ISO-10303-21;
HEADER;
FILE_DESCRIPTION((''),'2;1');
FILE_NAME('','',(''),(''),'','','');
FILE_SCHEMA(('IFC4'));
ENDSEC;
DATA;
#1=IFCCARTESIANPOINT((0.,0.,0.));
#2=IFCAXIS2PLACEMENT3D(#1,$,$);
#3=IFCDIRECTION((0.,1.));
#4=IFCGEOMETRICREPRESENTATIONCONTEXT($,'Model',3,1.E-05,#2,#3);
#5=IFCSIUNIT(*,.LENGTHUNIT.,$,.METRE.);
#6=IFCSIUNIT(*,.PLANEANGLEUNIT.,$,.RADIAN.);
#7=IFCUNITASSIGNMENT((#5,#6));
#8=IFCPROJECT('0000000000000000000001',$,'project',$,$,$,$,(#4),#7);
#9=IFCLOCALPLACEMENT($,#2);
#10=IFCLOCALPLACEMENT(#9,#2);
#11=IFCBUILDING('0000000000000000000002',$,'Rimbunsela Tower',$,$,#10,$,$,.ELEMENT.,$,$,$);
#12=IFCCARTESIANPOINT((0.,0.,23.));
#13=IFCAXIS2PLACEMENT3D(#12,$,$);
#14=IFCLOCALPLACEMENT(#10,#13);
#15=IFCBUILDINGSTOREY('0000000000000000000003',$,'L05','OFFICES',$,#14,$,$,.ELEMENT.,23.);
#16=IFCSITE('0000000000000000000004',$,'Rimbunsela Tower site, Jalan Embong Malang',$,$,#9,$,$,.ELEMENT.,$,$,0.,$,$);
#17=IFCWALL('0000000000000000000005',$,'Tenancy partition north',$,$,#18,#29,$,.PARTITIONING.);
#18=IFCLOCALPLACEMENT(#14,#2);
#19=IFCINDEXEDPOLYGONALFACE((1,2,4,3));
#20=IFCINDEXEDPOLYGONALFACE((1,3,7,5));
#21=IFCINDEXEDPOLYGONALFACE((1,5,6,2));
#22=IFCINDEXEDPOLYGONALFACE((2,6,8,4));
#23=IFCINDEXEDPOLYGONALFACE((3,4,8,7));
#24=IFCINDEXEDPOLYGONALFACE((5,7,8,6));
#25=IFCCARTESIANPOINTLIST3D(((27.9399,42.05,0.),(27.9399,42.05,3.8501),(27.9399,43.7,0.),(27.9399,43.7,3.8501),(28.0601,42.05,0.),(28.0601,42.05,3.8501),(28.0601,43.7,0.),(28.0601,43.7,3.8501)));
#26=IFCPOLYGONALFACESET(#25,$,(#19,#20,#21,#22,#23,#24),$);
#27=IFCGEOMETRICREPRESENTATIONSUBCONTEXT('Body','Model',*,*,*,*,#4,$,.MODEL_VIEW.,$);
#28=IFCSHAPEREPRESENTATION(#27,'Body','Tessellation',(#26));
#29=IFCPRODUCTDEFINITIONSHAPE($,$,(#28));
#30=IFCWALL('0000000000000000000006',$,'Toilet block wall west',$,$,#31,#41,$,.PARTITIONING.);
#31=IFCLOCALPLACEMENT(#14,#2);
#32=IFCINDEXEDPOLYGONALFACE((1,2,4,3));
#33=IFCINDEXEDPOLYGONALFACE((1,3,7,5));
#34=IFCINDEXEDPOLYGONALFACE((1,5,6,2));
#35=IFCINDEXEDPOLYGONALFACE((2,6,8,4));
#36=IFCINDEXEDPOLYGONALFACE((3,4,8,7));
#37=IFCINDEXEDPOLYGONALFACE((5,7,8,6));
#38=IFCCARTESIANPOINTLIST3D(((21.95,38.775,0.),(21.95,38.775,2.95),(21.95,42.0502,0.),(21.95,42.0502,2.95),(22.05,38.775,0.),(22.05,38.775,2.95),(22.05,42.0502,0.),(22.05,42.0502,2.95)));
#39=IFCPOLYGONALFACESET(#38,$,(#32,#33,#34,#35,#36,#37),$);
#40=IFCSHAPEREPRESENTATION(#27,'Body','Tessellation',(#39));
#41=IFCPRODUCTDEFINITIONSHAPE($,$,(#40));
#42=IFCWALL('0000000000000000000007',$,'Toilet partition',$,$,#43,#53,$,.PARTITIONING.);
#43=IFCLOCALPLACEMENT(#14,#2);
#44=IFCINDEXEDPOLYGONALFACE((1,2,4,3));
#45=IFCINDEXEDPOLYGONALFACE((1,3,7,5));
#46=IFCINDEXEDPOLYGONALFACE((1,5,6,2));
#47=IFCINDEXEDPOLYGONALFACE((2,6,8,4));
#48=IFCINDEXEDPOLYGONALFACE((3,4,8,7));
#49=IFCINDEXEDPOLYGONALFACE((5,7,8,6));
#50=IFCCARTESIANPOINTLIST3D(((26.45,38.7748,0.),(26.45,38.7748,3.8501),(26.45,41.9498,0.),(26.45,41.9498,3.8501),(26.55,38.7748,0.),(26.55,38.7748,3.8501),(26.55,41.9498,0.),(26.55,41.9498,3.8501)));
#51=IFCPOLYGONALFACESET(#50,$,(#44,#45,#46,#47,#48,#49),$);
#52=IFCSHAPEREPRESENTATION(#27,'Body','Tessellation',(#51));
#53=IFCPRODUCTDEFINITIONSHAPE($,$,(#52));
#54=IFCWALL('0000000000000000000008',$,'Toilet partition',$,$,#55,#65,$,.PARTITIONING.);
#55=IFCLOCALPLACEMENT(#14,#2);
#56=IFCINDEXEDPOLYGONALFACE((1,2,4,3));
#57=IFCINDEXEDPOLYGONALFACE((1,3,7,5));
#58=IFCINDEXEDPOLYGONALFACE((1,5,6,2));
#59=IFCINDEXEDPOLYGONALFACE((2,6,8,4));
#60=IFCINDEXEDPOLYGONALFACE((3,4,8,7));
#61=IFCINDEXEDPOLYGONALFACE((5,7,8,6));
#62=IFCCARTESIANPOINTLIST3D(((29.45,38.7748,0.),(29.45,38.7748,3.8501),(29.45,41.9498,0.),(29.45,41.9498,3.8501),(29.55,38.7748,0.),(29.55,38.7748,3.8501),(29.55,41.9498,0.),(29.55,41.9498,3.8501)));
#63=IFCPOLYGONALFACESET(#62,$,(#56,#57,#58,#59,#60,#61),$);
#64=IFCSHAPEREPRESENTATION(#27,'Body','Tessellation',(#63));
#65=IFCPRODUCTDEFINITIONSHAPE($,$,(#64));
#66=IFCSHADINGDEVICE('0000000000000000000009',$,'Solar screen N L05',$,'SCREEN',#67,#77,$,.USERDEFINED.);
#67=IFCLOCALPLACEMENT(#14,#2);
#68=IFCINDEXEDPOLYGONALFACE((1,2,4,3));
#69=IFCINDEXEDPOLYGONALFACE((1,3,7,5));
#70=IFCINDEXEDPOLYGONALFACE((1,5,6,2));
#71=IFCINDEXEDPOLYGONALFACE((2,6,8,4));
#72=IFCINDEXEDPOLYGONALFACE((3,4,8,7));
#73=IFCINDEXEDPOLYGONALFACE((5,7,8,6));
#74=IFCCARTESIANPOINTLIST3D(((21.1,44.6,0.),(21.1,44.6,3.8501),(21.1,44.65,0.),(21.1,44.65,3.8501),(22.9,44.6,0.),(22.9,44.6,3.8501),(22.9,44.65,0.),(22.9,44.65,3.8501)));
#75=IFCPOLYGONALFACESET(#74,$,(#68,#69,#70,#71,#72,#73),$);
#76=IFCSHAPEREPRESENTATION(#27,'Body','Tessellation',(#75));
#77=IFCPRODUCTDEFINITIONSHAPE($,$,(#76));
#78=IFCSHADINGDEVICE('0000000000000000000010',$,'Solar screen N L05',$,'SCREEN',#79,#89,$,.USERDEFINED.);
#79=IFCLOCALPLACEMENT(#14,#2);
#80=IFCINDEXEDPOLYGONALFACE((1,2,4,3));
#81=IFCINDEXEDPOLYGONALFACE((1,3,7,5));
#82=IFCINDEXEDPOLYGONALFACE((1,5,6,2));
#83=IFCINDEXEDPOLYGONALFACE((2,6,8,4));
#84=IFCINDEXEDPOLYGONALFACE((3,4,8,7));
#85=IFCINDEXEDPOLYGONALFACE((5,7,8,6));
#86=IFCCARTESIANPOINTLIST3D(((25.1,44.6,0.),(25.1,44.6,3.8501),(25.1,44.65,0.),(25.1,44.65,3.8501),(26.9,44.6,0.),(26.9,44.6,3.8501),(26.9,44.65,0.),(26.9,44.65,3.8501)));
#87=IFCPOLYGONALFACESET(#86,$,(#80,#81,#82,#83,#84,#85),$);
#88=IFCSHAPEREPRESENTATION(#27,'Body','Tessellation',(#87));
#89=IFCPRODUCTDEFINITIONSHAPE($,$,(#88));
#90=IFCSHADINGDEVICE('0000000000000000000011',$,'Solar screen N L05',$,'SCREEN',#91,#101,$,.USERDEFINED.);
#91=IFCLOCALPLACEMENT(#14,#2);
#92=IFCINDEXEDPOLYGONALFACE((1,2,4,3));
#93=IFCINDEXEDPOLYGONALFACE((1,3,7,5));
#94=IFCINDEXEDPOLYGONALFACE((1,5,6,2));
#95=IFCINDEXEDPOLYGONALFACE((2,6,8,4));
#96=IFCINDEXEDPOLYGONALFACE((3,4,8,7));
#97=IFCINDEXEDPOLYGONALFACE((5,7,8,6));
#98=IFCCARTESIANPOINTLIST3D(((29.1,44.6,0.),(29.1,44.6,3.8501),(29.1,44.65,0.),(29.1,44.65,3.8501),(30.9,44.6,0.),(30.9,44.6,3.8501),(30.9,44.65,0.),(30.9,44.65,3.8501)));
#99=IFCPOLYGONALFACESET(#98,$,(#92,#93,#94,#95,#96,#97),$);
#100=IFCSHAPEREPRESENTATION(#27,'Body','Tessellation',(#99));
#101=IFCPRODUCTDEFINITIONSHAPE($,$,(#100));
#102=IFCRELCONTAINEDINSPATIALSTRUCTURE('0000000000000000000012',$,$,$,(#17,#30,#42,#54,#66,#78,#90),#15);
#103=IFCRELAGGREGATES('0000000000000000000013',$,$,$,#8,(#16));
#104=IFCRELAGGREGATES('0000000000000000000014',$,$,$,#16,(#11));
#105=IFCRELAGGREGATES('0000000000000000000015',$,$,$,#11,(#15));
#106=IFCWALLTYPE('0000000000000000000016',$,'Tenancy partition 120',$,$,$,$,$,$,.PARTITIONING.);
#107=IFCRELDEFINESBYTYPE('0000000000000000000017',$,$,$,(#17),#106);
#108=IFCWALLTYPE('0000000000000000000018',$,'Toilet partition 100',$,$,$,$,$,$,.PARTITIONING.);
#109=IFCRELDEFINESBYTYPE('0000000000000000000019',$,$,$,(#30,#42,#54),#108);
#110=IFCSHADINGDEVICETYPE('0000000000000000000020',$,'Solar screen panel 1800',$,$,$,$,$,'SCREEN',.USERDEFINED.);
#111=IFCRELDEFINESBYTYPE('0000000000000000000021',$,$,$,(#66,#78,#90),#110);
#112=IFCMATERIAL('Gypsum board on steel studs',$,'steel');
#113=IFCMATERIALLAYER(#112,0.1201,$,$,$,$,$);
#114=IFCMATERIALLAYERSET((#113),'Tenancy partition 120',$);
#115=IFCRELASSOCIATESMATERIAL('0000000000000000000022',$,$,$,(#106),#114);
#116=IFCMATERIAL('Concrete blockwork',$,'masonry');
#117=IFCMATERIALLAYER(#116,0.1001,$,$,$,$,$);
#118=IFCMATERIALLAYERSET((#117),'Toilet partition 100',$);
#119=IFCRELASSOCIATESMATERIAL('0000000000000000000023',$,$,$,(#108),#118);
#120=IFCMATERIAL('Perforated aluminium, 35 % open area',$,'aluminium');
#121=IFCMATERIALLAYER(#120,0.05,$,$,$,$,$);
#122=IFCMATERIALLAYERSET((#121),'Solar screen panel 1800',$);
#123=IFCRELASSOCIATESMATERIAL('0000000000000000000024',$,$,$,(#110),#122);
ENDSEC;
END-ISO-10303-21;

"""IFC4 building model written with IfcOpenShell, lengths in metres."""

from ifc_helpers import new_model, si_unit, direction, frame, frame_2d, origin, origin_2d, place, context, subcontext, project, spatial, rectangle, extrude, material, layer, layer_set, type_object, element, save


model = new_model("IFC4")

# Units and contexts
model_context = context("Model", 3, precision=1e-05, world=origin(), true_north=direction((0.0, 1.0)))
body_context = subcontext(model_context, "Body", "Model", "MODEL_VIEW")
ifc_project = project(units=[si_unit("LENGTHUNIT", "METRE"), si_unit("PLANEANGLEUNIT", "RADIAN")], contexts=[model_context])

# Site, building, storey
site_placement = place(None, origin())
site = spatial("IfcSite", under=ifc_project, at=site_placement, Name="Rimbunsela Tower site, Jalan Embong Malang", CompositionType="ELEMENT", RefElevation=0.0)
building_placement = place(site_placement, origin())
building = spatial("IfcBuilding", under=site, at=building_placement, Name="Rimbunsela Tower", CompositionType="ELEMENT")
storey_placement = place(building_placement, frame((0.0, 0.0, 23.0)))
storey = spatial("IfcBuildingStorey", under=building, at=storey_placement, Name="L05", Description="OFFICES", CompositionType="ELEMENT", Elevation=23.0)

# Walls
ifc_material_1 = material(Name="Gypsum board on steel studs", Category="steel")
ifc_layer_1 = layer(ifc_material_1, 0.1201)
ifc_layer_set_1 = layer_set([ifc_layer_1], Name="Tenancy partition 120")
wall_type_1 = type_object("IfcWallType", Name="Tenancy partition 120", PredefinedType="PARTITIONING", material=ifc_layer_set_1)
wall_1_placement = place(storey_placement, frame((28.0, 42.05, 0.0), z_axis=(0.0, 0.0, 1.0), x_axis=(0.0, 1.0, 0.0)))
element("IfcWall", 1, at=wall_1_placement, inside=storey, type_object=wall_type_1, Name="Tenancy partition north", PredefinedType="PARTITIONING", context=body_context, shape_type="SweptSolid", body=[
    extrude(rectangle(XDim=1.6499, YDim=0.1201, at=frame_2d((0.825, 0.0))), origin(), (0.0, 0.0, 1.0), 3.8501),
])
ifc_material_2 = material(Name="Concrete blockwork", Category="masonry")
ifc_layer_2 = layer(ifc_material_2, 0.1001)
ifc_layer_set_2 = layer_set([ifc_layer_2], Name="Toilet partition 100")
wall_type_2 = type_object("IfcWallType", Name="Toilet partition 100", PredefinedType="PARTITIONING", material=ifc_layer_set_2)
wall_2_placement = place(storey_placement, frame((22.0, 38.7749, 0.0), z_axis=(0.0, 0.0, 1.0), x_axis=(0.0, 1.0, 0.0)))
element("IfcWall", 2, at=wall_2_placement, inside=storey, type_object=wall_type_2, Name="Toilet block wall west", PredefinedType="PARTITIONING", context=body_context, shape_type="SweptSolid", body=[
    extrude(rectangle(XDim=3.2751, YDim=0.1001, at=frame_2d((1.6377, 0.0))), origin(), (0.0, 0.0, 1.0), 2.95),
])
for number, where, z_axis, x_axis, name in (
    (3, (26.5, 38.7749, 0.0), (0.0, 0.0, 1.0), (0.0, 1.0, 0.0), "Toilet partition"),
    (4, (29.5, 38.7749, 0.0), (0.0, 0.0, 1.0), (0.0, 1.0, 0.0), "Toilet partition"),
):
    element("IfcWall", number, at=place(storey_placement, frame(where, z_axis=z_axis, x_axis=x_axis)), inside=storey, type_object=wall_type_2, Name=name, PredefinedType="PARTITIONING", context=body_context, shape_type="SweptSolid", body=[
        extrude(rectangle(XDim=3.175, YDim=0.1001, at=frame_2d((1.5874, 0.0))), origin(), (0.0, 0.0, 1.0), 3.8501),
    ])

# Shading devices
ifc_material_3 = material(Name="Perforated aluminium, 35 % open area", Category="aluminium")
ifc_layer_3 = layer(ifc_material_3, 0.05)
ifc_layer_set_3 = layer_set([ifc_layer_3], Name="Solar screen panel 1800")
shading_device_type = type_object("IfcShadingDeviceType", Name="Solar screen panel 1800", ElementType="SCREEN", PredefinedType="USERDEFINED", material=ifc_layer_set_3)
for number, where, z_axis, x_axis, name in (
    (5, (22.0, 44.625, 0.0), (0.0, 0.0, 1.0), (1.0, 0.0, 0.0), "Solar screen N L05"),
    (6, (26.0, 44.625, 0.0), (0.0, 0.0, 1.0), (1.0, 0.0, 0.0), "Solar screen N L05"),
    (7, (30.0, 44.625, 0.0), (0.0, 0.0, 1.0), (1.0, 0.0, 0.0), "Solar screen N L05"),
):
    element("IfcShadingDevice", number, at=place(storey_placement, frame(where, z_axis=z_axis, x_axis=x_axis)), inside=storey, type_object=shading_device_type, Name=name, ObjectType="SCREEN", PredefinedType="USERDEFINED", context=body_context, shape_type="SweptSolid", body=[
        extrude(rectangle(XDim=1.8, YDim=0.05, at=origin_2d()), origin(), (0.0, 0.0, 1.0), 3.8501),
    ])

save(model, "model.ifc")
